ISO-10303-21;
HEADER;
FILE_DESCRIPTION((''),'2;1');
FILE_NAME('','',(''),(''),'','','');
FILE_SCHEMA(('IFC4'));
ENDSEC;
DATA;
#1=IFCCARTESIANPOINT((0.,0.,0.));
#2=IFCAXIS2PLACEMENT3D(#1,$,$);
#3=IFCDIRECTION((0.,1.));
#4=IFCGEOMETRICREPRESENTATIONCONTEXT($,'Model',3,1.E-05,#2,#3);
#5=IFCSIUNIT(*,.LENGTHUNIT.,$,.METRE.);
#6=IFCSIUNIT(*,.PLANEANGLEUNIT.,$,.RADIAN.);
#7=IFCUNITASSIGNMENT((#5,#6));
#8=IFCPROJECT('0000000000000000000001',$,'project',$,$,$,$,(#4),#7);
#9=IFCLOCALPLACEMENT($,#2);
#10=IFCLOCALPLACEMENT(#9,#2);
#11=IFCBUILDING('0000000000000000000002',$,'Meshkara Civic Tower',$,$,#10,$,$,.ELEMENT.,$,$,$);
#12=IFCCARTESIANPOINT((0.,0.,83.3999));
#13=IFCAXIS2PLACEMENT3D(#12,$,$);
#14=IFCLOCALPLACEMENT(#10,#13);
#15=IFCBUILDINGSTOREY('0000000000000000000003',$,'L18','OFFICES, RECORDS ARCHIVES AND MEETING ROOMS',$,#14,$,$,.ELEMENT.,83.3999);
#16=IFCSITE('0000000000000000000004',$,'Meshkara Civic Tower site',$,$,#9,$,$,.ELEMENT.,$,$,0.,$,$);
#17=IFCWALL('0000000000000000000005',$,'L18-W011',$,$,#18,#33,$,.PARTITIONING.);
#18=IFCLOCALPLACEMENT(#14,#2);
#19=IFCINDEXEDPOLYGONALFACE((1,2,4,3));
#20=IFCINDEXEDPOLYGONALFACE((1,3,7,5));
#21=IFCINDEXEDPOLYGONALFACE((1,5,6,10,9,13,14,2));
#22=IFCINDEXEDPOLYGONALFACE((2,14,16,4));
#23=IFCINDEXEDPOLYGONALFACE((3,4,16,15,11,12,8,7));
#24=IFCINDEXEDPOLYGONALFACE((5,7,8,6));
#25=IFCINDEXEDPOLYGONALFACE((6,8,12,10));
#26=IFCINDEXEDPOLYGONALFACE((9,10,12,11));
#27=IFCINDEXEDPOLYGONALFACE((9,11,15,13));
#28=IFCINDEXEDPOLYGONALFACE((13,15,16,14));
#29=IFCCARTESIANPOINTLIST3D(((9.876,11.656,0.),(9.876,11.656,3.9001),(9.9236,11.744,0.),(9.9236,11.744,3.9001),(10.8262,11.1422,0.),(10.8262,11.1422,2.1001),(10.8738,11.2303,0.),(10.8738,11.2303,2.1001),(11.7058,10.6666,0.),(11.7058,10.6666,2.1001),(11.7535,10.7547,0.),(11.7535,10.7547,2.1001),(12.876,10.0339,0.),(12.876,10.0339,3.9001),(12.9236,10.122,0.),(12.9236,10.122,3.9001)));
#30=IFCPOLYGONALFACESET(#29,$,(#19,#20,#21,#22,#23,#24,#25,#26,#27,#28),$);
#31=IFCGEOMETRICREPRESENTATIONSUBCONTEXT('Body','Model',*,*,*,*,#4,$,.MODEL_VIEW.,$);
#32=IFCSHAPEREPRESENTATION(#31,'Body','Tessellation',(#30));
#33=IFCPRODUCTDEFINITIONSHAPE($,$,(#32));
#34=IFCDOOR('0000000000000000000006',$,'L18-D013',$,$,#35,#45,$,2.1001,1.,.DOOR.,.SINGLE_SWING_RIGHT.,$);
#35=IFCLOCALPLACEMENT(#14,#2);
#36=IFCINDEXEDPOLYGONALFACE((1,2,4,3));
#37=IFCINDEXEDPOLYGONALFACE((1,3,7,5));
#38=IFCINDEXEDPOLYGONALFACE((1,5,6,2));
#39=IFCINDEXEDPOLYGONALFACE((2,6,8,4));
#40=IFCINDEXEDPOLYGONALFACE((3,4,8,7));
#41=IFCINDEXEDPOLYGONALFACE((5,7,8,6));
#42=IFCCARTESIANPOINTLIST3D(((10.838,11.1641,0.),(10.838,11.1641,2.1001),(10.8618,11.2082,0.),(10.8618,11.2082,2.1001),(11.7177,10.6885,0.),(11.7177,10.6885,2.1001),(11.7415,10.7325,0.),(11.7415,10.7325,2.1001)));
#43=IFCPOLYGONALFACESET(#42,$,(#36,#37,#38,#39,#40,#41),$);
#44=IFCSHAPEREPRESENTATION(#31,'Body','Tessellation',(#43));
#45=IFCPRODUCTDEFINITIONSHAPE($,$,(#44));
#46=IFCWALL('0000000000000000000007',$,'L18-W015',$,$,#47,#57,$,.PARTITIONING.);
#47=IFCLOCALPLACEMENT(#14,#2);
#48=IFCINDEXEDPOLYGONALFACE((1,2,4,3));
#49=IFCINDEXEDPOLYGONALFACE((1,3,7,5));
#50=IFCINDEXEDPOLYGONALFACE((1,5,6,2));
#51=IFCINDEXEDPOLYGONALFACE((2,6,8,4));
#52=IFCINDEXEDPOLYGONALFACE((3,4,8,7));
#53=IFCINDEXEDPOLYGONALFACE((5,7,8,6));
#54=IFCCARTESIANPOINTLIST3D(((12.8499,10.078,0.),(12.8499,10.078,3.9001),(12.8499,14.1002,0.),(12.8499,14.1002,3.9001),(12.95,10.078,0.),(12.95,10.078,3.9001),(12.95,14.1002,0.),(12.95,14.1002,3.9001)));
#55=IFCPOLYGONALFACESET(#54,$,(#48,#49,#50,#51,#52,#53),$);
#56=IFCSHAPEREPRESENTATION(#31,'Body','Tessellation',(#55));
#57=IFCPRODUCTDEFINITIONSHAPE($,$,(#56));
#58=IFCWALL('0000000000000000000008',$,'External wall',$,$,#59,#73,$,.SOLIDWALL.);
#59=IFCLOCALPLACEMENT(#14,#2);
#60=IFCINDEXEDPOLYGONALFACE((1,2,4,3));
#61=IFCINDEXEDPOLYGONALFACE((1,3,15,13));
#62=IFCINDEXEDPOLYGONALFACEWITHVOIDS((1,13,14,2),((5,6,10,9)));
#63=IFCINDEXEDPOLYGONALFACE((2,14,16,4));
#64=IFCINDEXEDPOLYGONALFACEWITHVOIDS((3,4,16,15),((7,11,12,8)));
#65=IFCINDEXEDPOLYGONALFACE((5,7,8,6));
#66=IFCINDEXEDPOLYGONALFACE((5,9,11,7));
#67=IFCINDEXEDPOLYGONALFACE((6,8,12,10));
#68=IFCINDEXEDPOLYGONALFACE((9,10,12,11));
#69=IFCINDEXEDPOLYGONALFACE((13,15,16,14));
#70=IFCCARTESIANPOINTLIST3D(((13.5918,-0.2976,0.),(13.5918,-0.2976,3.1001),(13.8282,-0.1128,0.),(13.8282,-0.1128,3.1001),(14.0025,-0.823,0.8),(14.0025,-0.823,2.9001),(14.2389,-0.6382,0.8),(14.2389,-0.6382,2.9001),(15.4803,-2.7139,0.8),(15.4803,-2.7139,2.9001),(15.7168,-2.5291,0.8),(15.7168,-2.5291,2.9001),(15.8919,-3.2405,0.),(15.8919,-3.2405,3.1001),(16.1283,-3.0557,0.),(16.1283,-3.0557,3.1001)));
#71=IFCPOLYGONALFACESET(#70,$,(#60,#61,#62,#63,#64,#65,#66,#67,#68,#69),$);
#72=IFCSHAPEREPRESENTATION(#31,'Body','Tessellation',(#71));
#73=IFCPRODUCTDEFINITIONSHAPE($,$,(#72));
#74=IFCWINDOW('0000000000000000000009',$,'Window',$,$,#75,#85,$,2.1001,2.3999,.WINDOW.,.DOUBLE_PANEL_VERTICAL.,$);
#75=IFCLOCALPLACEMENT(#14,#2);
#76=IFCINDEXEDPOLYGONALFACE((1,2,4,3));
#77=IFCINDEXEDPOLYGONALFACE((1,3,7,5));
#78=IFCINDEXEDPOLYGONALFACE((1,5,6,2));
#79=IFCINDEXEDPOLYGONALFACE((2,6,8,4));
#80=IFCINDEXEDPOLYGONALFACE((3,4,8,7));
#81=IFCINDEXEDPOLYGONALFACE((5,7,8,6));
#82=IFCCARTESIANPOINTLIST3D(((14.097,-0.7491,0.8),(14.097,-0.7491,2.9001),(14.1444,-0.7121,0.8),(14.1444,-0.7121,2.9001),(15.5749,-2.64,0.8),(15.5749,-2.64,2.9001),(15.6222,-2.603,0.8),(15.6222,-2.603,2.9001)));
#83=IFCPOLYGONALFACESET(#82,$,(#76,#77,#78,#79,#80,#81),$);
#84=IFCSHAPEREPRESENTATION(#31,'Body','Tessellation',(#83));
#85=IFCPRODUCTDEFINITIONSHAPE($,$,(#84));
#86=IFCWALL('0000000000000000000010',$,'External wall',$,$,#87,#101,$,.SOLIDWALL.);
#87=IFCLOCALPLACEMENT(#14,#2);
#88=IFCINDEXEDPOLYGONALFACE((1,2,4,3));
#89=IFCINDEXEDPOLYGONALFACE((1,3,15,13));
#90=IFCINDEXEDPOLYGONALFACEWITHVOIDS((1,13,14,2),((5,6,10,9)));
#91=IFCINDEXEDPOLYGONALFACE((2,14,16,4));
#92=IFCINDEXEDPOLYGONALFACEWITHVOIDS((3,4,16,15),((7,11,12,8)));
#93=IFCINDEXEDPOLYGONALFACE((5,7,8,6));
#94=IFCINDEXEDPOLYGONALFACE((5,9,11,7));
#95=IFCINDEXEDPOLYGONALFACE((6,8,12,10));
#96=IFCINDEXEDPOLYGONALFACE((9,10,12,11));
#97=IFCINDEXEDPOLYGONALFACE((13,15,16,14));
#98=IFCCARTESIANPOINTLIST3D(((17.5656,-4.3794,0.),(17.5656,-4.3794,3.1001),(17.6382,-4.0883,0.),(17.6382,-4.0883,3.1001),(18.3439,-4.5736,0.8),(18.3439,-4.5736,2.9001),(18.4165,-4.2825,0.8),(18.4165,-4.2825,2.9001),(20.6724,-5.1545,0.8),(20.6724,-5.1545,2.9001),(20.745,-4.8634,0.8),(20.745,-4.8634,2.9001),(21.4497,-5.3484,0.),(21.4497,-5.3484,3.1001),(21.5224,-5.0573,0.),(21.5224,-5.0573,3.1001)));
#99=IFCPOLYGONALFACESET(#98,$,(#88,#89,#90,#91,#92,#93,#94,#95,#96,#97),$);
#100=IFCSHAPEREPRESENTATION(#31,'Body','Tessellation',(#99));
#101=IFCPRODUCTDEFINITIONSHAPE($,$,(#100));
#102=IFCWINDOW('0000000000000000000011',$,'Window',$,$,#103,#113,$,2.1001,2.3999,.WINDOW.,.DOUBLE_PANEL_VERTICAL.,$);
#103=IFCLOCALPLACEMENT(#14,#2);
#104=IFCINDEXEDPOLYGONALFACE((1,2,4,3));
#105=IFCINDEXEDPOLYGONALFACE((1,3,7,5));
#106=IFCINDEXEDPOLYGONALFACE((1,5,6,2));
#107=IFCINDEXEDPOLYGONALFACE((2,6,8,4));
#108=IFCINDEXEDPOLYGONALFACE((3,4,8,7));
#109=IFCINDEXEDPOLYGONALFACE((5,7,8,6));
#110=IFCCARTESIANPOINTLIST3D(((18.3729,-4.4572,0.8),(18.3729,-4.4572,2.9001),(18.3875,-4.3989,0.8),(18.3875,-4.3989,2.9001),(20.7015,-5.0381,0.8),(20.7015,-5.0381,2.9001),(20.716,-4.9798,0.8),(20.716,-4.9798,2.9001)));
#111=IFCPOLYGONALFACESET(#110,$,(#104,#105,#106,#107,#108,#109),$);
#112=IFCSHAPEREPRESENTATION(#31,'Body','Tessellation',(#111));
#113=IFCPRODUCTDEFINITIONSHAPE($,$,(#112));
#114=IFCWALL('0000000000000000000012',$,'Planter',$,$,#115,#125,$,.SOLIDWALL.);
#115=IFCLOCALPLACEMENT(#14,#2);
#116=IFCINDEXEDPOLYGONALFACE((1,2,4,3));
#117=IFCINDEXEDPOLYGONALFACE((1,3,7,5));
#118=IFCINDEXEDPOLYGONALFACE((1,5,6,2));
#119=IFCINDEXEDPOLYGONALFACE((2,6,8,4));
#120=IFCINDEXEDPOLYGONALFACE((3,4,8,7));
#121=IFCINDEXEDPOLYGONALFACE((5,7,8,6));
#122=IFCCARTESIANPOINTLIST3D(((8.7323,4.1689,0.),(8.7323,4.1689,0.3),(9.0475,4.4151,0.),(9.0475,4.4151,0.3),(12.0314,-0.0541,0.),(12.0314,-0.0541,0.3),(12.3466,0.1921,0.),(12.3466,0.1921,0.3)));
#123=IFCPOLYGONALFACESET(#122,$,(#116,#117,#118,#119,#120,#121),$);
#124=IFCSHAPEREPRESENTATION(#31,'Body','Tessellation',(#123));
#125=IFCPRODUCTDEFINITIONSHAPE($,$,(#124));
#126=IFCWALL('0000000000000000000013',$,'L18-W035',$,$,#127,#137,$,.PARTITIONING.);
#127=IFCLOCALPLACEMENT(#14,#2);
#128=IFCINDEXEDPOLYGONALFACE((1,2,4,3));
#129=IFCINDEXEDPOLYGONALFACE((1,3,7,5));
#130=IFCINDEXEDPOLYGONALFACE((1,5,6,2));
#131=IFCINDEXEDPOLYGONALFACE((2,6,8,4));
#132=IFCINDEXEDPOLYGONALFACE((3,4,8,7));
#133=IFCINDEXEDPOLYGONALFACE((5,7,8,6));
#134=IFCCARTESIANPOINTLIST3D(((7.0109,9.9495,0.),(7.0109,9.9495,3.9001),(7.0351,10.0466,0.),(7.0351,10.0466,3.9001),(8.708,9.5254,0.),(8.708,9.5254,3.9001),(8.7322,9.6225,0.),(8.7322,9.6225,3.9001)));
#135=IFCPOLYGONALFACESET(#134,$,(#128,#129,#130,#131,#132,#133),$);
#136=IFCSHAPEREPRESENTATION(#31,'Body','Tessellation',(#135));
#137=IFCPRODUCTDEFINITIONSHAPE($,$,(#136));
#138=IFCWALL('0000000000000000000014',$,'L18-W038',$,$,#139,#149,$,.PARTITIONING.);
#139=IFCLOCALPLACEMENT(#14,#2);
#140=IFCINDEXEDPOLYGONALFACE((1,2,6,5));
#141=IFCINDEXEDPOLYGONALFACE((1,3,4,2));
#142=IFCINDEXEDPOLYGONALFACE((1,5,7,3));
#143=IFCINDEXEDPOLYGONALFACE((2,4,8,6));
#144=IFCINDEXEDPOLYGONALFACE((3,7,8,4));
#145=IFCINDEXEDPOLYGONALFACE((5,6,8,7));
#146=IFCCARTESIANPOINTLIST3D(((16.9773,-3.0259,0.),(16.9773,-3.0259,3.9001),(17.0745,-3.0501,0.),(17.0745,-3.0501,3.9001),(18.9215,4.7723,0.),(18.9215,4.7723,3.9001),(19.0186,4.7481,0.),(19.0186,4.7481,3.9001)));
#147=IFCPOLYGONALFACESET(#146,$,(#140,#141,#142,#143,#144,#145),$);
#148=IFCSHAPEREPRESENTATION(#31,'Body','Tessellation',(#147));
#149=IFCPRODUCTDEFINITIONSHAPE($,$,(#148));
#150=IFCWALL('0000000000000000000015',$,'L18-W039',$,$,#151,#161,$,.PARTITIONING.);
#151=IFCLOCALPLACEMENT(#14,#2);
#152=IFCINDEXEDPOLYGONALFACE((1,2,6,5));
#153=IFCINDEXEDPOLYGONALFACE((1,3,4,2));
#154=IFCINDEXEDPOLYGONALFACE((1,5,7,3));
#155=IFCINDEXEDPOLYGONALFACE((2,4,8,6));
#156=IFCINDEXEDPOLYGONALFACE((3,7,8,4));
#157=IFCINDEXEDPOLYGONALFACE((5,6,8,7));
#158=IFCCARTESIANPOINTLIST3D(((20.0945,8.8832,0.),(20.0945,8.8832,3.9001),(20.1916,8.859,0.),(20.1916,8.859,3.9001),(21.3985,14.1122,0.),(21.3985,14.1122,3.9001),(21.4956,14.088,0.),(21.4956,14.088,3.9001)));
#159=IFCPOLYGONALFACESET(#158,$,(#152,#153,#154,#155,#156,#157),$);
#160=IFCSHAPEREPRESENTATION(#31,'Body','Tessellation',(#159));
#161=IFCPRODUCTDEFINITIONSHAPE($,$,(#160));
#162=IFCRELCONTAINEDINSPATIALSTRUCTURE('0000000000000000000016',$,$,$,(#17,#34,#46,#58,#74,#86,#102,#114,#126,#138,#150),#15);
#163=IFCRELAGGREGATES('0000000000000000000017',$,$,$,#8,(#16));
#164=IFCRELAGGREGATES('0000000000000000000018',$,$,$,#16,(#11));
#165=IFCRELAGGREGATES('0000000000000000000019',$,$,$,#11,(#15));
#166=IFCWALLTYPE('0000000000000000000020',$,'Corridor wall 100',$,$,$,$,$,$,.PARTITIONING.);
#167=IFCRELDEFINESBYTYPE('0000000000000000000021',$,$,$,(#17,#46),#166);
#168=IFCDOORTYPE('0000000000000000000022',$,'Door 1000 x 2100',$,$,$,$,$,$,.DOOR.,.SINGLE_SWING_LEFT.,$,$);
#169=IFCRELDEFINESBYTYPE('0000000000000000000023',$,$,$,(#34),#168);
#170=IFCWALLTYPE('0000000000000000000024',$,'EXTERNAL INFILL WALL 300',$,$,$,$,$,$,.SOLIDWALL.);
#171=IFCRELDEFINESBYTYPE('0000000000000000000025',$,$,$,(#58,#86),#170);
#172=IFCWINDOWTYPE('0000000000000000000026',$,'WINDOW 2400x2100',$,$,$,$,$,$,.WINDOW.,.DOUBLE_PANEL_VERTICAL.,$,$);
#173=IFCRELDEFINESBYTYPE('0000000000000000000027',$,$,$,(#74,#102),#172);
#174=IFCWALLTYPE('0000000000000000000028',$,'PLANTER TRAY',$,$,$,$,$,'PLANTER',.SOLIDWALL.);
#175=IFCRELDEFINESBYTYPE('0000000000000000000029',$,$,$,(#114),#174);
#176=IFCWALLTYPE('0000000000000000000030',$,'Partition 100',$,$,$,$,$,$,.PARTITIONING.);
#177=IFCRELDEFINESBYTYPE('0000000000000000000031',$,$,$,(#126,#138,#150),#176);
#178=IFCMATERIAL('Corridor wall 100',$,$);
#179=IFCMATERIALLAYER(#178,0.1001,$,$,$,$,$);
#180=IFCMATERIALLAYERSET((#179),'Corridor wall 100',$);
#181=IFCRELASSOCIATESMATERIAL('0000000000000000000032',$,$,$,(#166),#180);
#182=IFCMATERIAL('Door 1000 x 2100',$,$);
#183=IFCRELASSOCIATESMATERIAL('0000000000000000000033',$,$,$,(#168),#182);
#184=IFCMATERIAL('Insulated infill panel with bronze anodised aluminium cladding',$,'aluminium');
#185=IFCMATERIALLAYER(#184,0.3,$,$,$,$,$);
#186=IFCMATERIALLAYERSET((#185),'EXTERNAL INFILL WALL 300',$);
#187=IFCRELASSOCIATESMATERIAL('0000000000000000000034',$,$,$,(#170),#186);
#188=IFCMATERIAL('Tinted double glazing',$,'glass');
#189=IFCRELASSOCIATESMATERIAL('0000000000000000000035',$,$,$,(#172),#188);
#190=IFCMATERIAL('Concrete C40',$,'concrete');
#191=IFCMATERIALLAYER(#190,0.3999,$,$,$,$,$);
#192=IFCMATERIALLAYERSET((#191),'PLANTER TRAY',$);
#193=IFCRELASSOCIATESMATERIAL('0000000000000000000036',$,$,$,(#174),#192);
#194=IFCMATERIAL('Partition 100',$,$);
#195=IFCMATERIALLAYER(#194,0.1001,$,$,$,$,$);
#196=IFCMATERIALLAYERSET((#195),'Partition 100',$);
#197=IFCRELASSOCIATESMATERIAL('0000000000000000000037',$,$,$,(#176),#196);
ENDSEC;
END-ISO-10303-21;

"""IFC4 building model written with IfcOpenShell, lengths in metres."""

from ifc_helpers import new_model, si_unit, direction, frame, frame_2d, origin, place, context, subcontext, project, spatial, rectangle, extrude, material, layer, layer_set, type_object, element, fill, save


model = new_model("IFC4")

# Units and contexts
model_context = context("Model", 3, precision=1e-05, world=origin(), true_north=direction((0.0, 1.0)))
body_context = subcontext(model_context, "Body", "Model", "MODEL_VIEW")
ifc_project = project(units=[si_unit("LENGTHUNIT", "METRE"), si_unit("PLANEANGLEUNIT", "RADIAN")], contexts=[model_context])

# Site, building, storey
site_placement = place(None, origin())
site = spatial("IfcSite", under=ifc_project, at=site_placement, Name="Meshkara Civic Tower site", CompositionType="ELEMENT", RefElevation=0.0)
building_placement = place(site_placement, origin())
building = spatial("IfcBuilding", under=site, at=building_placement, Name="Meshkara Civic Tower", CompositionType="ELEMENT")
storey_placement = place(building_placement, frame((0.0, 0.0, 83.3999)))
storey = spatial("IfcBuildingStorey", under=building, at=storey_placement, Name="L18", Description="OFFICES, RECORDS ARCHIVES AND MEETING ROOMS", CompositionType="ELEMENT", Elevation=83.3999)

# Shared definitions
ifc_material_1 = material(Name="Corridor wall 100")
ifc_layer_1 = layer(ifc_material_1, 0.1001)
ifc_layer_set_1 = layer_set([ifc_layer_1], Name="Corridor wall 100")
wall_type_1 = type_object("IfcWallType", Name="Corridor wall 100", PredefinedType="PARTITIONING", material=ifc_layer_set_1)
ifc_material_2 = material(Name="Door 1000 x 2100")
door_type_1 = type_object("IfcDoorType", Name="Door 1000 x 2100", OperationType="SINGLE_SWING_LEFT", PredefinedType="DOOR", material=ifc_material_2)

# Wall, opening, door
wall_1_placement = place(storey_placement, frame((9.8999, 11.7, 0.0), z_axis=(0.0, 0.0, 1.0), x_axis=(0.879651, -0.475619, 0.0)))
wall_1 = element("IfcWall", 1, at=wall_1_placement, inside=storey, type_object=wall_type_1, Name="L18-W011", PredefinedType="PARTITIONING", context=body_context, shape_type="SweptSolid", body=[
    extrude(rectangle(XDim=3.4104, YDim=0.1001, at=frame_2d((1.7051, 0.0))), origin(), (0.0, 0.0, 1.0), 3.9001),
])
opening_1_placement = place(wall_1_placement, frame((1.0801, 0.0, 0.0)))
opening_1 = element("IfcOpeningElement", 2, at=opening_1_placement, cuts=wall_1, PredefinedType="OPENING", context=body_context, shape_type="SweptSolid", body=[
    extrude(rectangle(XDim=1.0, YDim=2.1001, at=frame_2d((0.5, 1.05))), frame((0.0, 0.0601, 0.0), z_axis=(0.0, -1.0, 0.0), x_axis=(1.0, 0.0, 0.0)), (0.0, 0.0, 1.0), 0.1201),
])
door_1_placement = place(opening_1_placement, origin())
door_1 = element("IfcDoor", 3, at=door_1_placement, inside=storey, type_object=door_type_1, Name="L18-D013", OperationType="SINGLE_SWING_RIGHT", OverallHeight=2.1001, OverallWidth=1.0, PredefinedType="DOOR", context=body_context, shape_type="SweptSolid", body=[
    extrude(rectangle(XDim=1.0, YDim=2.1001, at=frame_2d((0.5, 1.05))), frame((0.0, 0.0249, 0.0), z_axis=(0.0, -1.0, 0.0), x_axis=(1.0, 0.0, 0.0)), (0.0, 0.0, 1.0), 0.05),
])
fill(opening_1, door_1)

# Wall
wall_2_placement = place(storey_placement, frame((12.8999, 10.0779, 0.0), z_axis=(0.0, 0.0, 1.0), x_axis=(0.0, 1.0, 0.0)))
element("IfcWall", 4, at=wall_2_placement, inside=storey, type_object=wall_type_1, Name="L18-W015", PredefinedType="PARTITIONING", context=body_context, shape_type="SweptSolid", body=[
    extrude(rectangle(XDim=4.0222, YDim=0.1001, at=frame_2d((2.0112, 0.0))), origin(), (0.0, 0.0, 1.0), 3.9001),
])

# Walls, openings, windows
ifc_material_3 = material(Name="Insulated infill panel with bronze anodised aluminium cladding", Category="aluminium")
ifc_layer_2 = layer(ifc_material_3, 0.3)
ifc_layer_set_2 = layer_set([ifc_layer_2], Name="EXTERNAL INFILL WALL 300")
wall_type_2 = type_object("IfcWallType", Name="EXTERNAL INFILL WALL 300", PredefinedType="SOLIDWALL", material=ifc_layer_set_2)
wall_3_placement = place(storey_placement, frame((13.71, -0.2051, 0.0), z_axis=(0.0, 0.0, 1.0), x_axis=(0.615799, -0.787903, 0.0)))
wall_3 = element("IfcWall", 5, at=wall_3_placement, inside=storey, type_object=wall_type_2, Name="External wall", PredefinedType="SOLIDWALL", context=body_context, shape_type="SweptSolid", body=[
    extrude(rectangle(XDim=3.7351, YDim=0.3, at=frame_2d((1.8677, 0.0))), origin(), (0.0, 0.0, 1.0), 3.1001),
])
opening_2_placement = place(wall_3_placement, frame((0.667, 0.0, 0.8)))
opening_2 = element("IfcOpeningElement", 6, at=opening_2_placement, cuts=wall_3, PredefinedType="OPENING", context=body_context, shape_type="SweptSolid", body=[
    extrude(rectangle(XDim=2.3999, YDim=2.1001, at=frame_2d((1.2, 1.05))), frame((0.0, 0.1599, 0.0), z_axis=(0.0, -1.0, 0.0), x_axis=(1.0, 0.0, 0.0)), (0.0, 0.0, 1.0), 0.3201),
])
ifc_material_4 = material(Name="Tinted double glazing", Category="glass")
window_type = type_object("IfcWindowType", Name="WINDOW 2400x2100", PartitioningType="DOUBLE_PANEL_VERTICAL", PredefinedType="WINDOW", material=ifc_material_4)
window_1_placement = place(opening_2_placement, origin())
window_1 = element("IfcWindow", 7, at=window_1_placement, inside=storey, type_object=window_type, Name="Window", OverallHeight=2.1001, OverallWidth=2.3999, PartitioningType="DOUBLE_PANEL_VERTICAL", PredefinedType="WINDOW", context=body_context, shape_type="SweptSolid", body=[
    extrude(rectangle(XDim=2.3999, YDim=2.1001, at=frame_2d((1.2, 1.05))), frame((0.0, 0.03, 0.0), z_axis=(0.0, -1.0, 0.0), x_axis=(1.0, 0.0, 0.0)), (0.0, 0.0, 1.0), 0.0601),
])
fill(opening_2, window_1)
wall_4_placement = place(storey_placement, frame((17.6021, -4.2339, 0.0), z_axis=(0.0, 0.0, 1.0), x_axis=(0.970261, -0.242062, 0.0)))
wall_4 = element("IfcWall", 8, at=wall_4_placement, inside=storey, type_object=wall_type_2, Name="External wall", PredefinedType="SOLIDWALL", context=body_context, shape_type="SweptSolid", body=[
    extrude(rectangle(XDim=4.0032, YDim=0.3, at=frame_2d((2.0015, 0.0))), origin(), (0.0, 0.0, 1.0), 3.1001),
])
opening_3_placement = place(wall_4_placement, frame((0.802, 0.0, 0.8)))
opening_3 = element("IfcOpeningElement", 9, at=opening_3_placement, cuts=wall_4, PredefinedType="OPENING", context=body_context, shape_type="SweptSolid", body=[
    extrude(rectangle(XDim=2.3999, YDim=2.1001, at=frame_2d((1.2, 1.05))), frame((0.0, 0.1599, 0.0), z_axis=(0.0, -1.0, 0.0), x_axis=(1.0, 0.0, 0.0)), (0.0, 0.0, 1.0), 0.3201),
])
window_2_placement = place(opening_3_placement, origin())
window_2 = element("IfcWindow", 10, at=window_2_placement, inside=storey, type_object=window_type, Name="Window", OverallHeight=2.1001, OverallWidth=2.3999, PartitioningType="DOUBLE_PANEL_VERTICAL", PredefinedType="WINDOW", context=body_context, shape_type="SweptSolid", body=[
    extrude(rectangle(XDim=2.3999, YDim=2.1001, at=frame_2d((1.2, 1.05))), frame((0.0, 0.03, 0.0), z_axis=(0.0, -1.0, 0.0), x_axis=(1.0, 0.0, 0.0)), (0.0, 0.0, 1.0), 0.0601),
])
fill(opening_3, window_2)

# Walls
ifc_material_5 = material(Name="Concrete C40", Category="concrete")
ifc_layer_3 = layer(ifc_material_5, 0.3999)
ifc_layer_set_3 = layer_set([ifc_layer_3], Name="PLANTER TRAY")
wall_type_3 = type_object("IfcWallType", Name="PLANTER TRAY", ElementType="PLANTER", PredefinedType="SOLIDWALL", material=ifc_layer_set_3)
wall_5_placement = place(storey_placement, frame((8.8899, 4.292, 0.0), z_axis=(0.0, 0.0, 1.0), x_axis=(0.615636, -0.788031, 0.0)))
element("IfcWall", 11, at=wall_5_placement, inside=storey, type_object=wall_type_3, Name="Planter", PredefinedType="SOLIDWALL", context=body_context, shape_type="SweptSolid", body=[
    extrude(rectangle(XDim=5.3589, YDim=0.3999, at=frame_2d((2.6794, 0.0))), origin(), (0.0, 0.0, 1.0), 0.3),
])
ifc_material_6 = material(Name="Partition 100")
ifc_layer_4 = layer(ifc_material_6, 0.1001)
ifc_layer_set_4 = layer_set([ifc_layer_4], Name="Partition 100")
wall_type_4 = type_object("IfcWallType", Name="Partition 100", PredefinedType="PARTITIONING", material=ifc_layer_set_4)
wall_6_placement = place(storey_placement, frame((8.72, 9.574, 0.0), z_axis=(0.0, 0.0, 1.0), x_axis=(-0.970167, 0.242437, 0.0)))
element("IfcWall", 12, at=wall_6_placement, inside=storey, type_object=wall_type_4, Name="L18-W035", PredefinedType="PARTITIONING", context=body_context, shape_type="SweptSolid", body=[
    extrude(rectangle(XDim=1.7493, YDim=0.1001, at=frame_2d((0.8745, 0.0))), origin(), (0.0, 0.0, 1.0), 3.9001),
])
wall_7_placement = place(storey_placement, frame((17.0259, -3.0381, 0.0), z_axis=(0.0, 0.0, 1.0), x_axis=(0.241899, 0.970301, 0.0)))
element("IfcWall", 13, at=wall_7_placement, inside=storey, type_object=wall_type_4, Name="L18-W038", PredefinedType="PARTITIONING", context=body_context, shape_type="SweptSolid", body=[
    extrude(rectangle(XDim=8.0369, YDim=0.1001, at=frame_2d((4.0186, 0.0))), origin(), (0.0, 0.0, 1.0), 3.9001),
])
wall_8_placement = place(storey_placement, frame((20.1431, 8.8711, 0.0), z_axis=(0.0, 0.0, 1.0), x_axis=(0.24196, 0.970286, 0.0)))
element("IfcWall", 14, at=wall_8_placement, inside=storey, type_object=wall_type_4, Name="L18-W039", PredefinedType="PARTITIONING", context=body_context, shape_type="SweptSolid", body=[
    extrude(rectangle(XDim=5.3892, YDim=0.1001, at=frame_2d((2.6946, 0.0))), origin(), (0.0, 0.0, 1.0), 3.9001),
])

save(model, "model.ifc")
